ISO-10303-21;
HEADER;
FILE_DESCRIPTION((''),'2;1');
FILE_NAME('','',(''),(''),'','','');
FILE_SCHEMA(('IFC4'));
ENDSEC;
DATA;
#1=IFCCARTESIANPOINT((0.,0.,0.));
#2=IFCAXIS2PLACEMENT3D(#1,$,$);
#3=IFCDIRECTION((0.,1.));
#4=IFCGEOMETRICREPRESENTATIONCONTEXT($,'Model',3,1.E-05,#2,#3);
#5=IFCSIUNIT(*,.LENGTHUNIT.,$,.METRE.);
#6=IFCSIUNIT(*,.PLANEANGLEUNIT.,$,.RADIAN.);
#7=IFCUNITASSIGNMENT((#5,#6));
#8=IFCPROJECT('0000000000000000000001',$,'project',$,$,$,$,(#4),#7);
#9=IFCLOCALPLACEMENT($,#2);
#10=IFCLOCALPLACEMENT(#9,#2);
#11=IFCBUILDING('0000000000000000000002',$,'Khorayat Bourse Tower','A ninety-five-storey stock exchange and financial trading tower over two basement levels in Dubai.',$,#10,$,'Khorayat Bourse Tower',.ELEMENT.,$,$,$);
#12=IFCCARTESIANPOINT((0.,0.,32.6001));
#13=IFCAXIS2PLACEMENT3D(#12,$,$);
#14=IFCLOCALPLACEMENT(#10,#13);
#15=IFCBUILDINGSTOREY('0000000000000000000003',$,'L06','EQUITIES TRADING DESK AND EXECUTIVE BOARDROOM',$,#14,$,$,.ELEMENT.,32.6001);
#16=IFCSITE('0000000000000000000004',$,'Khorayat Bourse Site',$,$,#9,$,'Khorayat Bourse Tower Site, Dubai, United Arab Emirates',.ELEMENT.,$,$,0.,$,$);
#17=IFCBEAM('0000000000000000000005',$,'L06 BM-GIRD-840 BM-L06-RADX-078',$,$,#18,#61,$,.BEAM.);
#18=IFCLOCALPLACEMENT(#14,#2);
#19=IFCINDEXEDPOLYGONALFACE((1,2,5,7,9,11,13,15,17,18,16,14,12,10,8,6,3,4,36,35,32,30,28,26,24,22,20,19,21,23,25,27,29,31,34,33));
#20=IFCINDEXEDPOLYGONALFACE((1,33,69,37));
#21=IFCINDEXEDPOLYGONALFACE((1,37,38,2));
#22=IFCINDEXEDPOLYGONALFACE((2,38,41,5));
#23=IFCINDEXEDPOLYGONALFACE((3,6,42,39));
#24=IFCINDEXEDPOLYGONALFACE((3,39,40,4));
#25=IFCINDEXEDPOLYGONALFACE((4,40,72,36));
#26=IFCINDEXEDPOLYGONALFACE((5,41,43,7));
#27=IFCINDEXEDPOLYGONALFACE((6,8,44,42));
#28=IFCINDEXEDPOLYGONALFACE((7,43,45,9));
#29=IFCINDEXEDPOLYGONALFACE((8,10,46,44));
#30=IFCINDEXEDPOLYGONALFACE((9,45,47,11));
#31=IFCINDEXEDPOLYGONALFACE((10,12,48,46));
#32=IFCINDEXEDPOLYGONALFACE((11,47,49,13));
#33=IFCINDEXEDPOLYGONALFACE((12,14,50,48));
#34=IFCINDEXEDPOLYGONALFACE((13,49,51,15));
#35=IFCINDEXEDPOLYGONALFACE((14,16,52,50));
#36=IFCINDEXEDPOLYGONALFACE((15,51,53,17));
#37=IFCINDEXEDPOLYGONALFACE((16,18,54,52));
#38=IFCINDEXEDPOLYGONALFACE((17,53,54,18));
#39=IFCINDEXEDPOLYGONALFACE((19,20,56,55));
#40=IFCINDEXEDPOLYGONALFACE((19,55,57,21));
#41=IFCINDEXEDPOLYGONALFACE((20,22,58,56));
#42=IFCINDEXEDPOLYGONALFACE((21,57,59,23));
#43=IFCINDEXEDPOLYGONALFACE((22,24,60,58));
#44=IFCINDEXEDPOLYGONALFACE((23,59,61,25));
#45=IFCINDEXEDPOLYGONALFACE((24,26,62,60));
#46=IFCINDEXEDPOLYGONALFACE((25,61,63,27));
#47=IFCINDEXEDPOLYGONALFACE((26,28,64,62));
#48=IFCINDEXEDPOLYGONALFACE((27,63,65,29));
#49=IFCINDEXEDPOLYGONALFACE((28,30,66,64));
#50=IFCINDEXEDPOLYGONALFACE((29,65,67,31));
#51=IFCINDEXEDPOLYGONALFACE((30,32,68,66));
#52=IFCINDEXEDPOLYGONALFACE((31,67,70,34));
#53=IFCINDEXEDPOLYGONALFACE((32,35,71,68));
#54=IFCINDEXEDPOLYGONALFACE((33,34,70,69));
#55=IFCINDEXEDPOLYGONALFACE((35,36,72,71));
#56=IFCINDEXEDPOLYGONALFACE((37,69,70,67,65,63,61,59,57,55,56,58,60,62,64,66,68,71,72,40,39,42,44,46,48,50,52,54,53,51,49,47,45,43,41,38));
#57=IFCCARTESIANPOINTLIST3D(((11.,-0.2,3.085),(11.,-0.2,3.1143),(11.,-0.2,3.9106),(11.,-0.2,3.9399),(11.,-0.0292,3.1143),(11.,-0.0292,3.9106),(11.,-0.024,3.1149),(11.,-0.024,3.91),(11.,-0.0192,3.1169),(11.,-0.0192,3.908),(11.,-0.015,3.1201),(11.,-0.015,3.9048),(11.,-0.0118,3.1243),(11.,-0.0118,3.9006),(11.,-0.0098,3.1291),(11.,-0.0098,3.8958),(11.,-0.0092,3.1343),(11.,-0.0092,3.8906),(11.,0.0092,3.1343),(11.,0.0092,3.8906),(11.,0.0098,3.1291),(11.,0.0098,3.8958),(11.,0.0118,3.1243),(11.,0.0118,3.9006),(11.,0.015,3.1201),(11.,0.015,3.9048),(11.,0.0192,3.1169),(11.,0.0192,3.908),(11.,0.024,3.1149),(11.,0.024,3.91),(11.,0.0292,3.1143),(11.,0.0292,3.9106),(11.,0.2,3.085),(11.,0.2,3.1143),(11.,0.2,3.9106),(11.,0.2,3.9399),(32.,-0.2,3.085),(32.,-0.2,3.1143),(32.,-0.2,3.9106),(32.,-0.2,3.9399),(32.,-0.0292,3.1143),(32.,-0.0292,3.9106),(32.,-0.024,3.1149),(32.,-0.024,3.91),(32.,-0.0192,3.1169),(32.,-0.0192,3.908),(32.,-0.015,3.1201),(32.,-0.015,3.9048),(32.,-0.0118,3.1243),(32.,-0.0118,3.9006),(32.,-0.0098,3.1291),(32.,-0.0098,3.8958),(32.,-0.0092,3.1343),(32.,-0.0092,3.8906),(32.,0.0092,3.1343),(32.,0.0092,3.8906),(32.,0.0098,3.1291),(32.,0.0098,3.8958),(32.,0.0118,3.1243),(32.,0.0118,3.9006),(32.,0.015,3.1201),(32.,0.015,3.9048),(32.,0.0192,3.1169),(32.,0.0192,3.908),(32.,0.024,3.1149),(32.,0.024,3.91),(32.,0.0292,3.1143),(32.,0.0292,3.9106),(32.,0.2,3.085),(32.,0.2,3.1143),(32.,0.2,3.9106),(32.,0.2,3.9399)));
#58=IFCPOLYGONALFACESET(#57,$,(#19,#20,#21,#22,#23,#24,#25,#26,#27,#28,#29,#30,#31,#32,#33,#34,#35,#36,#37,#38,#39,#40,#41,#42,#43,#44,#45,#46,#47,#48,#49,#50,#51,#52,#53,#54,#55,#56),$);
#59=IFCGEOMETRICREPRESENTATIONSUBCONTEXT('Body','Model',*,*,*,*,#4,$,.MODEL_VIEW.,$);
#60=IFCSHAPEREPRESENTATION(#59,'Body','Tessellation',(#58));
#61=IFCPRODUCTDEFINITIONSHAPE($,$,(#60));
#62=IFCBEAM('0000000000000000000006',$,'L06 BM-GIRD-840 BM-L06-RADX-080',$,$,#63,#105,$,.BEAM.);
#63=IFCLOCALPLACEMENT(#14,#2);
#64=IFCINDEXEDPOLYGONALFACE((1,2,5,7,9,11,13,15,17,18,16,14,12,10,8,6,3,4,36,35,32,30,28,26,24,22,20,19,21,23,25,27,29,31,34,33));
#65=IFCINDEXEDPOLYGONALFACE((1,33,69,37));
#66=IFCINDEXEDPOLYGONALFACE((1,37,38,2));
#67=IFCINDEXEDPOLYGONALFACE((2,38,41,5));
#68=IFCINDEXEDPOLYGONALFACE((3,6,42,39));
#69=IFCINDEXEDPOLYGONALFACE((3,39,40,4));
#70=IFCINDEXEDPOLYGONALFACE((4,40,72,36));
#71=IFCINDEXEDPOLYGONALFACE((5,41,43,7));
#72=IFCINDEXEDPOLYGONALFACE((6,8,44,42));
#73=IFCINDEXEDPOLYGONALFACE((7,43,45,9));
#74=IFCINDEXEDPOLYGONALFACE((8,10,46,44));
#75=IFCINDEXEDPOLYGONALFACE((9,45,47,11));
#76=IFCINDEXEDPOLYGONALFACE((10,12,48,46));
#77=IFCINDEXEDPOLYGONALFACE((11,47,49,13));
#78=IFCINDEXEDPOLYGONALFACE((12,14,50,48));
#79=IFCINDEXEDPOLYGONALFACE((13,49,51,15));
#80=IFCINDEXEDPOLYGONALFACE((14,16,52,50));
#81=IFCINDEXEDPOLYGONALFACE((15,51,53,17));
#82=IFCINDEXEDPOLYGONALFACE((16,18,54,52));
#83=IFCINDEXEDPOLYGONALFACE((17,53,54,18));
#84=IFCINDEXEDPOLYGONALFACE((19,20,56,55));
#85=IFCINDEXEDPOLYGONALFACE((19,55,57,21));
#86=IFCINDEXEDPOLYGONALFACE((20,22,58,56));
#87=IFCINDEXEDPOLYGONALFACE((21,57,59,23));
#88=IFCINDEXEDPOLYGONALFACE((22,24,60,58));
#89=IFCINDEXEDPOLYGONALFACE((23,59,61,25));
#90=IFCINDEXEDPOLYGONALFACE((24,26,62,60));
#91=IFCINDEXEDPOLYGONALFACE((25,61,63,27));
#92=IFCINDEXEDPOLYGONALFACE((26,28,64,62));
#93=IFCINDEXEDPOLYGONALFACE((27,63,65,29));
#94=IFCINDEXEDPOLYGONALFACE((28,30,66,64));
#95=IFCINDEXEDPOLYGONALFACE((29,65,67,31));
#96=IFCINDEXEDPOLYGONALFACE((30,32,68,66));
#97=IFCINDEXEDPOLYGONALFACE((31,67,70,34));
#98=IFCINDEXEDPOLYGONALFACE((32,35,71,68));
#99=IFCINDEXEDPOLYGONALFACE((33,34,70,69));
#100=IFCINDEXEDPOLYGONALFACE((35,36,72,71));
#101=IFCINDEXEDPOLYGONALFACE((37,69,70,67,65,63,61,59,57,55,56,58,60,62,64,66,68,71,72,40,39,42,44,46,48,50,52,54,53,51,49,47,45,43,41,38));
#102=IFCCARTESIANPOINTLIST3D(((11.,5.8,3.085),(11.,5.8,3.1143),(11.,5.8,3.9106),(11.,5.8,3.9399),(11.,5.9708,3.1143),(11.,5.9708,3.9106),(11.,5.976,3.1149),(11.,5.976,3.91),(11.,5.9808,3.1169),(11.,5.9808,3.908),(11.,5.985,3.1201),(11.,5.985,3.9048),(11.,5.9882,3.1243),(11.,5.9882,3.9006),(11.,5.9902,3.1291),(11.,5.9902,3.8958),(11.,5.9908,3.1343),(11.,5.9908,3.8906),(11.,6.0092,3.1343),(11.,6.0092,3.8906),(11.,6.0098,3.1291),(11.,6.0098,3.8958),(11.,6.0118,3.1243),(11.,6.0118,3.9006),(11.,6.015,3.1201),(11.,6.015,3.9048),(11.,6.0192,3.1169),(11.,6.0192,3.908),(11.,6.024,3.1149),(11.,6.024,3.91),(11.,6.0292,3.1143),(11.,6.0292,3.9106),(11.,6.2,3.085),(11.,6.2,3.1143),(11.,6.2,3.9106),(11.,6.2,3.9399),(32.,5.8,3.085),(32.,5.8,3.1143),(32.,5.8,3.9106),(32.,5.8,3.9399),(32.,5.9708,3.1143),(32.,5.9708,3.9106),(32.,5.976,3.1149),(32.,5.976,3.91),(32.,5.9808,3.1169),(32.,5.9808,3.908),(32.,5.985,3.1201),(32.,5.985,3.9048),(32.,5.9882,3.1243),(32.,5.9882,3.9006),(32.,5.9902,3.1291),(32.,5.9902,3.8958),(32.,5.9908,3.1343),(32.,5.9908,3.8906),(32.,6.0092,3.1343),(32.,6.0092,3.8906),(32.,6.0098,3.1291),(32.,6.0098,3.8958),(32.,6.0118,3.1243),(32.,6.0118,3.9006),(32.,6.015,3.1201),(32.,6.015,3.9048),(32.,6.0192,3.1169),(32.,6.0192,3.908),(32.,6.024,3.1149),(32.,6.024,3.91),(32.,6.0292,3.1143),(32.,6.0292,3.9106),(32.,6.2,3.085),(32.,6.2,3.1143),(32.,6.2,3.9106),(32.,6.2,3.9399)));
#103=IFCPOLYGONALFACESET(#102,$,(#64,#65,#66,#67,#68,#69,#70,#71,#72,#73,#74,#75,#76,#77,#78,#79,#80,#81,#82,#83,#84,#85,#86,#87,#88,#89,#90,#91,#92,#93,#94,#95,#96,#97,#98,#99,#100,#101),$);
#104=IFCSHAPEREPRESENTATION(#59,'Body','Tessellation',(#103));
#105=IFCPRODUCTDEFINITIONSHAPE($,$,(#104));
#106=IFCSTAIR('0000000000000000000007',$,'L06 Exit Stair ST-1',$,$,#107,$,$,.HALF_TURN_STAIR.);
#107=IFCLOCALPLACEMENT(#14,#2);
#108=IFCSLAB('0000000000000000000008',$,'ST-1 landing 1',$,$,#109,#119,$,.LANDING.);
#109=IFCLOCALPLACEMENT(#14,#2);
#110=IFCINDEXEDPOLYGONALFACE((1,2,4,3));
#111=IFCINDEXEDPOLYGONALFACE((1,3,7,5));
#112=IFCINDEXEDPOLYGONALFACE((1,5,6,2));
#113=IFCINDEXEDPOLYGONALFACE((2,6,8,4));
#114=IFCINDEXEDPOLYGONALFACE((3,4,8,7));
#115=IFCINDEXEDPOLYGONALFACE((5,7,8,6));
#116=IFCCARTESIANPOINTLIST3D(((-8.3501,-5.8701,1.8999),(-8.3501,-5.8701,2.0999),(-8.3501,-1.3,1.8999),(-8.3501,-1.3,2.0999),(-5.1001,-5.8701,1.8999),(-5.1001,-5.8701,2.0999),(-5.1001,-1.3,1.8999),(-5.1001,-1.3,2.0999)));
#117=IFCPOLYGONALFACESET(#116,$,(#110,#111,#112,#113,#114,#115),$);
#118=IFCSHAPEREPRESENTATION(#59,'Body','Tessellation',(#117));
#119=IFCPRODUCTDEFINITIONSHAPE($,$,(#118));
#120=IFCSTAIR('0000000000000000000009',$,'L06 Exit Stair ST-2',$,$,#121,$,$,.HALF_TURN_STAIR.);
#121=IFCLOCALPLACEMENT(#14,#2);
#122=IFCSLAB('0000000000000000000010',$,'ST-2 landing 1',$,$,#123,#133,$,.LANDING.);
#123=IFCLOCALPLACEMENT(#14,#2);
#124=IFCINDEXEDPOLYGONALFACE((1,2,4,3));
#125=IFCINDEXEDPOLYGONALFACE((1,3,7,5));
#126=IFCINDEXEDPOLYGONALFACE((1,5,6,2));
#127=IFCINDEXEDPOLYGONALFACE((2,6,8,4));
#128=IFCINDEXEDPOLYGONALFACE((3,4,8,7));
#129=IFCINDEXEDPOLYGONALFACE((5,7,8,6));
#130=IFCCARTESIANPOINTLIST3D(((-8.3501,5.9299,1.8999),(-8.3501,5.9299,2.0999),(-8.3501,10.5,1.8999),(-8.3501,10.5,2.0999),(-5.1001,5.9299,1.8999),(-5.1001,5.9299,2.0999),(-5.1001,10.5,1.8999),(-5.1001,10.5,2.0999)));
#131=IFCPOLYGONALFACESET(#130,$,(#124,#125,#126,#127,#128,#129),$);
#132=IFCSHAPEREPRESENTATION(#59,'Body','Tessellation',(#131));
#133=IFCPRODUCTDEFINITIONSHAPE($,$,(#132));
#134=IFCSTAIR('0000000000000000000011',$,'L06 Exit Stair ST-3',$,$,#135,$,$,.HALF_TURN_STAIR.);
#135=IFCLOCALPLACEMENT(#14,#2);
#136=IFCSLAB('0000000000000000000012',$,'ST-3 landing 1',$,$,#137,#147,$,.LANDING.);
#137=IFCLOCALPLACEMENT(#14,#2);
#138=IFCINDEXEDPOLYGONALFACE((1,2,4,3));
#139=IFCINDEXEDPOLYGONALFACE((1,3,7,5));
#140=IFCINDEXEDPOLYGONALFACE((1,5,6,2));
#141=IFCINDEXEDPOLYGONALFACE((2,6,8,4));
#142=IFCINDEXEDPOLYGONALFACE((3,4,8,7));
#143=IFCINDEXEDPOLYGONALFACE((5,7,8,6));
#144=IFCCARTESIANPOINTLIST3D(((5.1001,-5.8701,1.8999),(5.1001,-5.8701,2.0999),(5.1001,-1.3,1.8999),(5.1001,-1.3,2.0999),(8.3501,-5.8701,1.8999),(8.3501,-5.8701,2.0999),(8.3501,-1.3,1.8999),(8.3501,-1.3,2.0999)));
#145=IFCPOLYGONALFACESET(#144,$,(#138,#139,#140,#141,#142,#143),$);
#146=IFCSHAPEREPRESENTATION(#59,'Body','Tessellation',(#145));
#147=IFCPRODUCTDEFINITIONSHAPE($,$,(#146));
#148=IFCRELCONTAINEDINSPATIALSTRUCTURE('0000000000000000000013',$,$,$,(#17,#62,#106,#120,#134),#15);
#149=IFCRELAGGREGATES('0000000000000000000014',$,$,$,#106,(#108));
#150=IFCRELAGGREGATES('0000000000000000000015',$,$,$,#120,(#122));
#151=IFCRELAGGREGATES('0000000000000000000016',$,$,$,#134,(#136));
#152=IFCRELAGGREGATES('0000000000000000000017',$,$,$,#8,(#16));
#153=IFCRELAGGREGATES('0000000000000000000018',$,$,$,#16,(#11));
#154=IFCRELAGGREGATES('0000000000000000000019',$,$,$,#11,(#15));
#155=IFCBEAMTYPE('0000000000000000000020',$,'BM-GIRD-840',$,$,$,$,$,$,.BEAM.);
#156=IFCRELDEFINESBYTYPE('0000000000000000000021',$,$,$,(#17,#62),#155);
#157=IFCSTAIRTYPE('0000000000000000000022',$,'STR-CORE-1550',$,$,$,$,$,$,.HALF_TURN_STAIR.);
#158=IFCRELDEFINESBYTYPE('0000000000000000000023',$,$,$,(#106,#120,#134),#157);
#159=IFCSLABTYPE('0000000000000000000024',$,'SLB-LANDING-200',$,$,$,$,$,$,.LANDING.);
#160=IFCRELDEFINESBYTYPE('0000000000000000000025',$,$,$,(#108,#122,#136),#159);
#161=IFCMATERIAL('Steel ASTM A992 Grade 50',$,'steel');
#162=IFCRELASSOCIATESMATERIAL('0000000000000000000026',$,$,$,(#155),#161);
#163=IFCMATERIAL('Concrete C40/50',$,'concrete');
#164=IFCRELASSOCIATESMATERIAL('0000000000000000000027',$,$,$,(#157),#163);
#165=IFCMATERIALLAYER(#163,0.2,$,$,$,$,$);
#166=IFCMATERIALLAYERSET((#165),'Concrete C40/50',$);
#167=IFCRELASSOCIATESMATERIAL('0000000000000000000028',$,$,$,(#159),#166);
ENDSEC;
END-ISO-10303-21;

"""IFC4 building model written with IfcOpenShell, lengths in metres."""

from ifc_helpers import new_model, si_unit, direction, frame, origin, origin_2d, place, context, subcontext, project, spatial, polyline, i_section, outline, extrude, source, transform, mapped, material, layer, layer_set, material_profile, profile_set, type_object, element, aggregate, save


model = new_model("IFC4")

# Units and contexts
model_context = context("Model", 3, precision=1e-05, world=origin(), true_north=direction((0.0, 1.0)))
body_context = subcontext(model_context, "Body", "Model", "MODEL_VIEW")
ifc_project = project(units=[si_unit("LENGTHUNIT", "METRE"), si_unit("PLANEANGLEUNIT", "RADIAN")], contexts=[model_context])

# Site, building, storey
site_placement = place(None, origin())
site = spatial("IfcSite", under=ifc_project, at=site_placement, Name="Khorayat Bourse Site", LongName="Khorayat Bourse Tower Site, Dubai, United Arab Emirates", CompositionType="ELEMENT", RefElevation=0.0)
building_placement = place(site_placement, origin())
building = spatial("IfcBuilding", under=site, at=building_placement, Name="Khorayat Bourse Tower", Description="A ninety-five-storey stock exchange and financial trading tower over two basement levels in Dubai.", LongName="Khorayat Bourse Tower", CompositionType="ELEMENT")
storey_placement = place(building_placement, frame((0.0, 0.0, 32.6001)))
storey = spatial("IfcBuildingStorey", under=building, at=storey_placement, Name="L06", Description="EQUITIES TRADING DESK AND EXECUTIVE BOARDROOM", CompositionType="ELEMENT", Elevation=32.6001)

# Beams
ifc_material_1 = material(Name="Steel ASTM A992 Grade 50", Category="steel")
ifc_material_profile_1 = material_profile(ifc_material_1, i_section(OverallWidth=0.3999, OverallDepth=0.855, WebThickness=0.0183, FlangeThickness=0.0293, FilletRadius=0.02, at=origin_2d()), Name="W840X299")
ifc_profile_set_1 = profile_set([ifc_material_profile_1], Name="Steel ASTM A992 Grade 50")
beam_type_1 = type_object("IfcBeamType", Name="BM-GIRD-840", PredefinedType="BEAM", material=ifc_profile_set_1)
shared_shape_1 = source(origin(), body_context, "Body", "SweptSolid", [
    extrude(i_section(OverallWidth=0.3999, OverallDepth=0.855, WebThickness=0.0183, FlangeThickness=0.0293, FilletRadius=0.02, at=origin_2d()), origin(), (0.0, 0.0, 1.0), 21.0),
])
for number, where, z_axis, x_axis, name in (
    (1, (11.0, 0.0, 3.5125), (1.0, 0.0, 0.0), (0.0, 1.0, 0.0), "L06 BM-GIRD-840 BM-L06-RADX-078"),
    (2, (11.0, 6.0, 3.5125), (1.0, 0.0, 0.0), (0.0, 1.0, 0.0), "L06 BM-GIRD-840 BM-L06-RADX-080"),
):
    element("IfcBeam", number, at=place(storey_placement, frame(where, z_axis=z_axis, x_axis=x_axis)), inside=storey, type_object=beam_type_1, Name=name, PredefinedType="BEAM", context=body_context, shape_type="MappedRepresentation", body=[
        mapped(shared_shape_1, transform((0.0, 0.0, 0.0), scale=1.0)),
    ])

# Stairs, slabs
ifc_material_2 = material(Name="Concrete C40/50", Category="concrete")
stair_type = type_object("IfcStairType", Name="STR-CORE-1550", PredefinedType="HALF_TURN_STAIR", material=ifc_material_2)
stair_1_placement = place(storey_placement, origin())
stair_1 = element("IfcStair", 3, at=stair_1_placement, inside=storey, type_object=stair_type, Name="L06 Exit Stair ST-1", PredefinedType="HALF_TURN_STAIR")
ifc_layer_1 = layer(ifc_material_2, 0.2)
ifc_layer_set_1 = layer_set([ifc_layer_1], Name="Concrete C40/50")
slab_type_1 = type_object("IfcSlabType", Name="SLB-LANDING-200", PredefinedType="LANDING", material=ifc_layer_set_1)
slab_1_placement = place(storey_placement, frame((0.0, 0.0, 1.8999)))
slab_1 = element("IfcSlab", 4, at=slab_1_placement, type_object=slab_type_1, Name="ST-1 landing 1", PredefinedType="LANDING", context=body_context, shape_type="SweptSolid", body=[
    extrude(outline(polyline([(-5.1001, -5.8701), (-5.1001, -1.3), (-8.3501, -1.3), (-8.3501, -5.8701), (-5.1001, -5.8701)])), origin(), (0.0, 0.0, 1.0), 0.2),
])
aggregate(stair_1, [slab_1])
stair_2_placement = place(storey_placement, origin())
stair_2 = element("IfcStair", 5, at=stair_2_placement, inside=storey, type_object=stair_type, Name="L06 Exit Stair ST-2", PredefinedType="HALF_TURN_STAIR")
slab_2_placement = place(storey_placement, frame((0.0, 0.0, 1.8999)))
slab_2 = element("IfcSlab", 6, at=slab_2_placement, type_object=slab_type_1, Name="ST-2 landing 1", PredefinedType="LANDING", context=body_context, shape_type="SweptSolid", body=[
    extrude(outline(polyline([(-5.1001, 5.9299), (-5.1001, 10.5), (-8.3501, 10.5), (-8.3501, 5.9299), (-5.1001, 5.9299)])), origin(), (0.0, 0.0, 1.0), 0.2),
])
aggregate(stair_2, [slab_2])
stair_3_placement = place(storey_placement, origin())
stair_3 = element("IfcStair", 7, at=stair_3_placement, inside=storey, type_object=stair_type, Name="L06 Exit Stair ST-3", PredefinedType="HALF_TURN_STAIR")
slab_3_placement = place(storey_placement, frame((0.0, 0.0, 1.8999)))
slab_3 = element("IfcSlab", 8, at=slab_3_placement, type_object=slab_type_1, Name="ST-3 landing 1", PredefinedType="LANDING", context=body_context, shape_type="SweptSolid", body=[
    extrude(outline(polyline([(8.3501, -5.8701), (8.3501, -1.3), (5.1001, -1.3), (5.1001, -5.8701), (8.3501, -5.8701)])), origin(), (0.0, 0.0, 1.0), 0.2),
])
aggregate(stair_3, [slab_3])

save(model, "model.ifc")
